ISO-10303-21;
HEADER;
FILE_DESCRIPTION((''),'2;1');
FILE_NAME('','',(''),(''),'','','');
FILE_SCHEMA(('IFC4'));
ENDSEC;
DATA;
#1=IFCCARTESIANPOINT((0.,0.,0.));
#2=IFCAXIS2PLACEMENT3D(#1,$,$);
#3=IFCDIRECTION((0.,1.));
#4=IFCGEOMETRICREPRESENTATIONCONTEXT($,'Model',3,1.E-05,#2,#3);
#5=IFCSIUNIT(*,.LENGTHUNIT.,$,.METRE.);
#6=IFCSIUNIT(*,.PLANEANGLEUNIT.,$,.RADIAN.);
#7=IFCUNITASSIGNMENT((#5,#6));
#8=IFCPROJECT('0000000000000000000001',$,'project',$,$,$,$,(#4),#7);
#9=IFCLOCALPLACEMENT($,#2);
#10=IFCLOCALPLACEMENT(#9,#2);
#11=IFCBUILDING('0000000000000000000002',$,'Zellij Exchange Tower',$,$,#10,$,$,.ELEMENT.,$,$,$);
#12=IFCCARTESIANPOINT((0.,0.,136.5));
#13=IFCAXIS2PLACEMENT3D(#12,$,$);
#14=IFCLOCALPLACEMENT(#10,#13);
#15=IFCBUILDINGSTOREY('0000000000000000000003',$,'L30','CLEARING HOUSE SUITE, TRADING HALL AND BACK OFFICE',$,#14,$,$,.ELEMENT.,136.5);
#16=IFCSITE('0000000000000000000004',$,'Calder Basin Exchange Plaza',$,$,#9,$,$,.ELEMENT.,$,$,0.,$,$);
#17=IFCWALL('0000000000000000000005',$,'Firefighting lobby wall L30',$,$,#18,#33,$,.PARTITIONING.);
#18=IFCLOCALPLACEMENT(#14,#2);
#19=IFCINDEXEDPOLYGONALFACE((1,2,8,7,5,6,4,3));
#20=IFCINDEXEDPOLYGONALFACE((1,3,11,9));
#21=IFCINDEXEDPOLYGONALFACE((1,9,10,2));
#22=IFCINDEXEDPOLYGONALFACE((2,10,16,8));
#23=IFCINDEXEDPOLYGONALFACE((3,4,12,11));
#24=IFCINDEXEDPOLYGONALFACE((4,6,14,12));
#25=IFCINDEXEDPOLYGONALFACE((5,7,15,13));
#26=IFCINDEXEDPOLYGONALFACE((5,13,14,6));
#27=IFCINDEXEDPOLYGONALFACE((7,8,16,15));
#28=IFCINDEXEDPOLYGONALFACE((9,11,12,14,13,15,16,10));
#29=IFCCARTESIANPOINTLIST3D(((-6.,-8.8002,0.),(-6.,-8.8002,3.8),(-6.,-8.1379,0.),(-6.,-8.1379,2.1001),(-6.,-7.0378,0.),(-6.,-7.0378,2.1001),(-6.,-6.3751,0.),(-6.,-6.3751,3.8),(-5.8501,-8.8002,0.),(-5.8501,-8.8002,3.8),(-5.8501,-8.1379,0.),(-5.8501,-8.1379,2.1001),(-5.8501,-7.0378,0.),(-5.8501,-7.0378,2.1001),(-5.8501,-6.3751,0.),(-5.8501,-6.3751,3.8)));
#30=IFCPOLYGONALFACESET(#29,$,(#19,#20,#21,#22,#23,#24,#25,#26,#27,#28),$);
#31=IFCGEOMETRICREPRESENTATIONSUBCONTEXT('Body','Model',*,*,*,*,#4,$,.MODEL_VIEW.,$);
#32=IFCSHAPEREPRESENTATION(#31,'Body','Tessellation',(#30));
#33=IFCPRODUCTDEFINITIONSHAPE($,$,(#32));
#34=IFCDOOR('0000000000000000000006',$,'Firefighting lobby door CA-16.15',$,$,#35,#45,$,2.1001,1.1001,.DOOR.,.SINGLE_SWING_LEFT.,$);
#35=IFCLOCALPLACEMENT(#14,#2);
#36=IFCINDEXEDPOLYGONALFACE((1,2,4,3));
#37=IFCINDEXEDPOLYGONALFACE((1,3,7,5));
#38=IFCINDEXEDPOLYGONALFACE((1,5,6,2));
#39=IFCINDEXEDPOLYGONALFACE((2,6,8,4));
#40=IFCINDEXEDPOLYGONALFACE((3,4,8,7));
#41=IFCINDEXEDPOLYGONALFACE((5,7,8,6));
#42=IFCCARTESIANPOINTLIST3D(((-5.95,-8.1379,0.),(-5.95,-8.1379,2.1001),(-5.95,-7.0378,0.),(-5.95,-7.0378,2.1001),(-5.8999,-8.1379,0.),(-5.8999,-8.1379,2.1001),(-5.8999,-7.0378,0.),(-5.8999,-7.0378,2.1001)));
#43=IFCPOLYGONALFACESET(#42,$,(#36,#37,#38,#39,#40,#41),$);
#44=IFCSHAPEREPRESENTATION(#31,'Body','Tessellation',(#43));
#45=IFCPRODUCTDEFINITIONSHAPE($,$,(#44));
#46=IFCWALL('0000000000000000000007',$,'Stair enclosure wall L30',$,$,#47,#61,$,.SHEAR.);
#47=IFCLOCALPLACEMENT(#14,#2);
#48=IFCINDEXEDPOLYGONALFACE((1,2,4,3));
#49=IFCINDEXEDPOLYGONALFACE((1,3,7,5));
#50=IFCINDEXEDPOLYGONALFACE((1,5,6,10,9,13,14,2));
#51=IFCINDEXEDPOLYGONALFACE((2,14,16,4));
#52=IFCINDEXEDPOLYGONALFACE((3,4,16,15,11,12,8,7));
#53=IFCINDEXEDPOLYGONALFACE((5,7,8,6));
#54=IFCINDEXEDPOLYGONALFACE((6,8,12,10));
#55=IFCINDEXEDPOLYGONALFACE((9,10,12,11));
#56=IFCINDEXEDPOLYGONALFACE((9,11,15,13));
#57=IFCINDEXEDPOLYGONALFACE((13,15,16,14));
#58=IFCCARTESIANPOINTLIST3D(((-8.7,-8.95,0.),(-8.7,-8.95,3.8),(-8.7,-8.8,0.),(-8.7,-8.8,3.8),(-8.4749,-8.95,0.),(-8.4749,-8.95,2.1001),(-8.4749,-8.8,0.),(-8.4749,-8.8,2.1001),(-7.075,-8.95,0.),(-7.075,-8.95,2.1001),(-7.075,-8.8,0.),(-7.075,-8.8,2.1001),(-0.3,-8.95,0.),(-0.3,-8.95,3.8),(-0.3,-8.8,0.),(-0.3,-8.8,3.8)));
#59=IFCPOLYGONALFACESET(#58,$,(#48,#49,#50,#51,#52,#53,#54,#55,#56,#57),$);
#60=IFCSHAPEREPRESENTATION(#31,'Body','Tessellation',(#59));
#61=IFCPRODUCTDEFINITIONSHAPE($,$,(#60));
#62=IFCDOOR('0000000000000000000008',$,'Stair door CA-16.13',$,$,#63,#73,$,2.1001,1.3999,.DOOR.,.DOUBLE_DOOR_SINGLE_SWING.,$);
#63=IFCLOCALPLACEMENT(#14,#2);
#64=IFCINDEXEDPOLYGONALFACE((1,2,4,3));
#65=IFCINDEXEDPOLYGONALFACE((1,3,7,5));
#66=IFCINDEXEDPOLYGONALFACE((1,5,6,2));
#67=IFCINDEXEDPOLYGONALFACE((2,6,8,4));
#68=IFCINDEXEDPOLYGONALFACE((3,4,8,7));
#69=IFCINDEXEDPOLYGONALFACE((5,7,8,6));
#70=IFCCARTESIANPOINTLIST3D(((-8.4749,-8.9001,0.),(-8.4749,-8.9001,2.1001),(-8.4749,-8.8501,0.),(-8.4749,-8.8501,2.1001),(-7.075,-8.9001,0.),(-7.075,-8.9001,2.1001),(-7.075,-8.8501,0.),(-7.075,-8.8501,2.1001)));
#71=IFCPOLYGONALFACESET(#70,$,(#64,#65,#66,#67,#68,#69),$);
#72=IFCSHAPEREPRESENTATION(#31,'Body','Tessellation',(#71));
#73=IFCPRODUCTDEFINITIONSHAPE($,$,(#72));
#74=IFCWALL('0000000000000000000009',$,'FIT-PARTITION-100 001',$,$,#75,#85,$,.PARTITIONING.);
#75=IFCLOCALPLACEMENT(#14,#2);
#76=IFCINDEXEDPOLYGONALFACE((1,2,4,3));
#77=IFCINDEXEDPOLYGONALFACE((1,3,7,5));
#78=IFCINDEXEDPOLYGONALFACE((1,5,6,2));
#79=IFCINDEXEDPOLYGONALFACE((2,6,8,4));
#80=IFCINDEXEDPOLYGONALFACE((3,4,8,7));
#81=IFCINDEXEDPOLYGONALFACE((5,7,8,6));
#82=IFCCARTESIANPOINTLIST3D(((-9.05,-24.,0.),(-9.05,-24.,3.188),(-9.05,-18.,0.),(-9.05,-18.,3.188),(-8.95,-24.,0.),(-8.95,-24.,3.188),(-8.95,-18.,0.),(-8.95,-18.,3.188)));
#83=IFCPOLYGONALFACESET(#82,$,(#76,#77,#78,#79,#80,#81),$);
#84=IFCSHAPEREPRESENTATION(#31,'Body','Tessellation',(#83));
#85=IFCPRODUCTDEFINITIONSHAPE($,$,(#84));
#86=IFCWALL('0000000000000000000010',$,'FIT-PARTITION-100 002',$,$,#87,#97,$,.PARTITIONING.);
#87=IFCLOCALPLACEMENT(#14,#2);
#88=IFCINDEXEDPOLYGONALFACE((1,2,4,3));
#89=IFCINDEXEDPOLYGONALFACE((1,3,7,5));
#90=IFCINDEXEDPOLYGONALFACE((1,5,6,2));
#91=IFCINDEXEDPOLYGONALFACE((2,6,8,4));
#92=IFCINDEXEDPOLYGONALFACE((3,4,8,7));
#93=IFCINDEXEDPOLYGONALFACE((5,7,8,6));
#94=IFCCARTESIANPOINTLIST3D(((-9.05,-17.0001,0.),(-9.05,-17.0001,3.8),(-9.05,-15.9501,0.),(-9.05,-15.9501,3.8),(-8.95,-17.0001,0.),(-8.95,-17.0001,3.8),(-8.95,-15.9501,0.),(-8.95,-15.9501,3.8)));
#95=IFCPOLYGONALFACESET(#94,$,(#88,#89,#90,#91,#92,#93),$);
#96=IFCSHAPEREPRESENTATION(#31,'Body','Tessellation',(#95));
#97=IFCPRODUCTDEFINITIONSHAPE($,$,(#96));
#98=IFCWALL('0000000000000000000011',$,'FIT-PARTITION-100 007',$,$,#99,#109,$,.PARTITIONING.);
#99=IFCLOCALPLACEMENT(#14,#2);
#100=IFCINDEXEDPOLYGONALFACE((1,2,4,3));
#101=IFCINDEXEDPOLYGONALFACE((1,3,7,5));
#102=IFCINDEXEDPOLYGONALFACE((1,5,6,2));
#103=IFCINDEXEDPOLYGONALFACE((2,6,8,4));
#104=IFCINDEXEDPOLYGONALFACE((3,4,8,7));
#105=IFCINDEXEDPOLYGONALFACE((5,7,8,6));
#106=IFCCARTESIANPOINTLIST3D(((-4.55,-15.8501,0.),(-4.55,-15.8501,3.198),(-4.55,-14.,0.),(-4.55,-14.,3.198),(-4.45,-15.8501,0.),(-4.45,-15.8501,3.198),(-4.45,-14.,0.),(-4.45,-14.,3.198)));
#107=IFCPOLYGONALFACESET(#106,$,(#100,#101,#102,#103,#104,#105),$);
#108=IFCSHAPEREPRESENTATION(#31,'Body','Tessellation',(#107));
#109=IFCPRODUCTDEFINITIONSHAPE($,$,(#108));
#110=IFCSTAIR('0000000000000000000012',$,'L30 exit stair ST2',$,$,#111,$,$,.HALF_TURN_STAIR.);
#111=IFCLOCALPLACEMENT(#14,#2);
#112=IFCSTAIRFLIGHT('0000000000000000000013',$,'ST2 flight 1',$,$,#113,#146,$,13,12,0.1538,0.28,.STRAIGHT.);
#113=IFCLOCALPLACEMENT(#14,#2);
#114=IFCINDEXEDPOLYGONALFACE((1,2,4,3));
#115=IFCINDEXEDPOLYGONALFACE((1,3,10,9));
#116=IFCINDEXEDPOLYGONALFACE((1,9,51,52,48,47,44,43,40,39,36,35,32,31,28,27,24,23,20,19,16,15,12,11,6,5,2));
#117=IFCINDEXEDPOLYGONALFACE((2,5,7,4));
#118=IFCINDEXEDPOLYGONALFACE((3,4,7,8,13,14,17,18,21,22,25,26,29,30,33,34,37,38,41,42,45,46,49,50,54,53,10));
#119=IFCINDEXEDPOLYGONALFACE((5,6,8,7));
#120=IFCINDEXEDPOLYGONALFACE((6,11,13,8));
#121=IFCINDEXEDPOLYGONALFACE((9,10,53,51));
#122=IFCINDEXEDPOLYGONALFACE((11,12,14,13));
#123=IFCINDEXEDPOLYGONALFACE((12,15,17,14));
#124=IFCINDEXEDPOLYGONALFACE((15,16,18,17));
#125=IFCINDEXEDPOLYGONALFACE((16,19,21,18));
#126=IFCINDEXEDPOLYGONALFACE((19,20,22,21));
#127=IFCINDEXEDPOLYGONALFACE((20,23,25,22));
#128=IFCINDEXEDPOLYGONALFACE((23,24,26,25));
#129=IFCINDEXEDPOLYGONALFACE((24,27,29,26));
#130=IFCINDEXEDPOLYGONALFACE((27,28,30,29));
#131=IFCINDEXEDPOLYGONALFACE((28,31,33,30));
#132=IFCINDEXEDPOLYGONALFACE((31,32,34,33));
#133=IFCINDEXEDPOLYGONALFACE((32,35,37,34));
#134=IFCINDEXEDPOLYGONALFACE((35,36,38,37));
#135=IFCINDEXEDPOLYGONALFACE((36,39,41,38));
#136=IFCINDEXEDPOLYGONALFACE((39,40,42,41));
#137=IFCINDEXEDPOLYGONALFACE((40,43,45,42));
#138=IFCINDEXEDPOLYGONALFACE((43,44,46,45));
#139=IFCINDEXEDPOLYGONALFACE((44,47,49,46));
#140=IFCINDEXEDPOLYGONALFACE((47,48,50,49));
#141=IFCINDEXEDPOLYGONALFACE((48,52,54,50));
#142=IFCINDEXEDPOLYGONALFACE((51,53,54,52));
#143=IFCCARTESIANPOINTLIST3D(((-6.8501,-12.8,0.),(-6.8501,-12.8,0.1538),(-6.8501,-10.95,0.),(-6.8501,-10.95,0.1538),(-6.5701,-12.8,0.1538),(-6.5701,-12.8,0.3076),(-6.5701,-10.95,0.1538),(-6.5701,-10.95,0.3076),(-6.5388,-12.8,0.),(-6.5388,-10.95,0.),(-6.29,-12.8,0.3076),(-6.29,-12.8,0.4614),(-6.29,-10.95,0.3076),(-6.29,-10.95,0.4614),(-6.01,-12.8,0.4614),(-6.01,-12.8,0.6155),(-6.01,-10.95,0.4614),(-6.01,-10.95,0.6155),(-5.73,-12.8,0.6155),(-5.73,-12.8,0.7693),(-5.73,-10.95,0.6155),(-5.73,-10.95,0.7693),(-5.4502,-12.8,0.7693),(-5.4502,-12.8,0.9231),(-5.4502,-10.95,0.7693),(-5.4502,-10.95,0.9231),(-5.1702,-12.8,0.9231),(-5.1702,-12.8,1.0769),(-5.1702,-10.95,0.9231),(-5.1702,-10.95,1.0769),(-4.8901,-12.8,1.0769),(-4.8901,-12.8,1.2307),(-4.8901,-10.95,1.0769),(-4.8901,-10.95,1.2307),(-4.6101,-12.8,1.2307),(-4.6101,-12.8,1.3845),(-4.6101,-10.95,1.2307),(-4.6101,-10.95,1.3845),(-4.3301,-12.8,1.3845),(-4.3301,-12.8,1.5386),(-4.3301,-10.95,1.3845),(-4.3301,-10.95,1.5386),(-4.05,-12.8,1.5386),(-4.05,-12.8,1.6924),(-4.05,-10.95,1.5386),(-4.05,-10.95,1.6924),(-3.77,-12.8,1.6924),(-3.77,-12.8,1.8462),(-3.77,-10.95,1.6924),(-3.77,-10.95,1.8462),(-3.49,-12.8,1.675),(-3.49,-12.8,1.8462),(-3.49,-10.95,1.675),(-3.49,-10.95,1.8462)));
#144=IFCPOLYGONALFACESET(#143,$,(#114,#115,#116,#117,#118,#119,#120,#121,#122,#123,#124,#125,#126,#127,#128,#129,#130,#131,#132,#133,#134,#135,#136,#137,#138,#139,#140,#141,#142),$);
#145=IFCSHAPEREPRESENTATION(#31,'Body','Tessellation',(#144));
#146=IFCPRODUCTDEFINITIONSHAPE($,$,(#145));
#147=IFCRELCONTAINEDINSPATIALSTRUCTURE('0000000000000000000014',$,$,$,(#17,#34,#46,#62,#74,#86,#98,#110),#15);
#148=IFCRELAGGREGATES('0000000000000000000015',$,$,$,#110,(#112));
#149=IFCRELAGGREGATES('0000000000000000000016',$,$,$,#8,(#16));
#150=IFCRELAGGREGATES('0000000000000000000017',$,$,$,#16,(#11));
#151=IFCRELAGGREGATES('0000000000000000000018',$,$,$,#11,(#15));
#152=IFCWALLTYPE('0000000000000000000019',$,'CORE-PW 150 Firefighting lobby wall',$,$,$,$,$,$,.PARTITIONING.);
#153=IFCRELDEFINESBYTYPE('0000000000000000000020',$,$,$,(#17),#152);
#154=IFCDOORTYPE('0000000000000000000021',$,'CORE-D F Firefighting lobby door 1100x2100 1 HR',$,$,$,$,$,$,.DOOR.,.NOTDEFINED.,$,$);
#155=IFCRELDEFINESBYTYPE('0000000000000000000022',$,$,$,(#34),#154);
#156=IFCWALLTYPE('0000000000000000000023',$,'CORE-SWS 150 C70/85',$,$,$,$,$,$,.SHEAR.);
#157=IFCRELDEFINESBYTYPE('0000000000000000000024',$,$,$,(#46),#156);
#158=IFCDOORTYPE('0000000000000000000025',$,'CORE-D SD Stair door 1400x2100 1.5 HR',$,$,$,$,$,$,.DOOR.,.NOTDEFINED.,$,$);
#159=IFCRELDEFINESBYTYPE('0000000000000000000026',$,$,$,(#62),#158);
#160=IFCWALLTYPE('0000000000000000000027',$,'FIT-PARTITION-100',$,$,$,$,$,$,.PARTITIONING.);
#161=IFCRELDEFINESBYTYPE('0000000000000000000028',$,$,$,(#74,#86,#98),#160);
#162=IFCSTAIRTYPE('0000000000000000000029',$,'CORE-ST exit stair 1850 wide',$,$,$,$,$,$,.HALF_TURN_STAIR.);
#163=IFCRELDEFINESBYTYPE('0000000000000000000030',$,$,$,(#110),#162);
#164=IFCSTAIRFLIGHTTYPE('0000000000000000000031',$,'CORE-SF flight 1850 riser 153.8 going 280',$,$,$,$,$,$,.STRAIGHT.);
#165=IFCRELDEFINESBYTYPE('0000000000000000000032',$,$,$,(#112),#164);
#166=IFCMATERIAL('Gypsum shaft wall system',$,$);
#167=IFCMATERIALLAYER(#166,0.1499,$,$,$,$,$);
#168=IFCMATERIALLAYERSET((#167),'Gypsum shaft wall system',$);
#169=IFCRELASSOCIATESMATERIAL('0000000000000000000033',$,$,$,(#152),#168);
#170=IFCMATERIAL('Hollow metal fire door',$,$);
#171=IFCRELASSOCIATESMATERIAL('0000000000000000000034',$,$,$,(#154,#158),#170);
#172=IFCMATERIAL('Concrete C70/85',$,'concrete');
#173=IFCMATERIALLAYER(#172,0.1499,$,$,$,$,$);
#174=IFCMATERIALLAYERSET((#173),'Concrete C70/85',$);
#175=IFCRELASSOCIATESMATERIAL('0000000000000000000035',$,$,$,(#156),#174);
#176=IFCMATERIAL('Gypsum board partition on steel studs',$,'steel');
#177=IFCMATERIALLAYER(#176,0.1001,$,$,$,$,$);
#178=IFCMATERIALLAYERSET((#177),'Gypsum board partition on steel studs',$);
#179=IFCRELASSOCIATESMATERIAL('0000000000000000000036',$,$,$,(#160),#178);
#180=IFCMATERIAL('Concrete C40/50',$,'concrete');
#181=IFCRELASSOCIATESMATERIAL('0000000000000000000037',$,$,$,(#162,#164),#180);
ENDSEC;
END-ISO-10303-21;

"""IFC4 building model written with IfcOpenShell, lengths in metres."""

from ifc_helpers import new_model, si_unit, direction, frame, frame_2d, origin, place, context, subcontext, project, spatial, polyline, rectangle, outline, extrude, material, layer, layer_set, type_object, element, fill, aggregate, save


model = new_model("IFC4")

# Units and contexts
model_context = context("Model", 3, precision=1e-05, world=origin(), true_north=direction((0.0, 1.0)))
body_context = subcontext(model_context, "Body", "Model", "MODEL_VIEW")
ifc_project = project(units=[si_unit("LENGTHUNIT", "METRE"), si_unit("PLANEANGLEUNIT", "RADIAN")], contexts=[model_context])

# Site, building, storey
site_placement = place(None, origin())
site = spatial("IfcSite", under=ifc_project, at=site_placement, Name="Calder Basin Exchange Plaza", CompositionType="ELEMENT", RefElevation=0.0)
building_placement = place(site_placement, origin())
building = spatial("IfcBuilding", under=site, at=building_placement, Name="Zellij Exchange Tower", CompositionType="ELEMENT")
storey_placement = place(building_placement, frame((0.0, 0.0, 136.5)))
storey = spatial("IfcBuildingStorey", under=building, at=storey_placement, Name="L30", Description="CLEARING HOUSE SUITE, TRADING HALL AND BACK OFFICE", CompositionType="ELEMENT", Elevation=136.5)

# Shared definitions
ifc_material_1 = material(Name="Concrete C70/85", Category="concrete")

# Walls, openings, doors
ifc_material_2 = material(Name="Gypsum shaft wall system")
ifc_layer_1 = layer(ifc_material_2, 0.1499)
ifc_layer_set_1 = layer_set([ifc_layer_1], Name="Gypsum shaft wall system")
wall_type_1 = type_object("IfcWallType", Name="CORE-PW 150 Firefighting lobby wall", PredefinedType="PARTITIONING", material=ifc_layer_set_1)
wall_1_placement = place(storey_placement, frame((-5.925, -8.8, 0.0), z_axis=(0.0, 0.0, 1.0), x_axis=(0.0, 1.0, 0.0)))
wall_1 = element("IfcWall", 1, at=wall_1_placement, inside=storey, type_object=wall_type_1, Name="Firefighting lobby wall L30", PredefinedType="PARTITIONING", context=body_context, shape_type="SweptSolid", body=[
    extrude(rectangle(XDim=2.425, YDim=0.1499, at=frame_2d((1.2124, 0.0))), origin(), (0.0, 0.0, 1.0), 3.8),
])
opening_1_placement = place(wall_1_placement, frame((0.6621, 0.0, 0.0)))
opening_1 = element("IfcOpeningElement", 2, at=opening_1_placement, cuts=wall_1, PredefinedType="OPENING", context=body_context, shape_type="SweptSolid", body=[
    extrude(rectangle(XDim=1.1001, YDim=2.1001, at=frame_2d((0.55, 1.05))), frame((0.0, 0.0869, 0.0), z_axis=(0.0, -1.0, 0.0), x_axis=(1.0, 0.0, 0.0)), (0.0, 0.0, 1.0), 0.1738),
])
ifc_material_3 = material(Name="Hollow metal fire door")
door_type_1 = type_object("IfcDoorType", Name="CORE-D F Firefighting lobby door 1100x2100 1 HR", OperationType="NOTDEFINED", PredefinedType="DOOR", material=ifc_material_3)
door_1_placement = place(opening_1_placement, origin())
door_1 = element("IfcDoor", 3, at=door_1_placement, inside=storey, type_object=door_type_1, Name="Firefighting lobby door CA-16.15", OperationType="SINGLE_SWING_LEFT", OverallHeight=2.1001, OverallWidth=1.1001, PredefinedType="DOOR", context=body_context, shape_type="SweptSolid", body=[
    extrude(rectangle(XDim=1.1001, YDim=2.1001, at=frame_2d((0.55, 1.05))), frame((0.0, 0.0249, 0.0), z_axis=(0.0, -1.0, 0.0), x_axis=(1.0, 0.0, 0.0)), (0.0, 0.0, 1.0), 0.05),
])
fill(opening_1, door_1)
ifc_layer_2 = layer(ifc_material_1, 0.1499)
ifc_layer_set_2 = layer_set([ifc_layer_2], Name="Concrete C70/85")
wall_type_2 = type_object("IfcWallType", Name="CORE-SWS 150 C70/85", PredefinedType="SHEAR", material=ifc_layer_set_2)
wall_2_placement = place(storey_placement, frame((-8.7, -8.875, 0.0), z_axis=(0.0, 0.0, 1.0), x_axis=(1.0, 0.0, 0.0)))
wall_2 = element("IfcWall", 4, at=wall_2_placement, inside=storey, type_object=wall_type_2, Name="Stair enclosure wall L30", PredefinedType="SHEAR", context=body_context, shape_type="SweptSolid", body=[
    extrude(rectangle(XDim=8.3999, YDim=0.1499, at=frame_2d((4.2, 0.0))), origin(), (0.0, 0.0, 1.0), 3.8),
])
opening_2_placement = place(wall_2_placement, frame((0.2251, 0.0, 0.0)))
opening_2 = element("IfcOpeningElement", 5, at=opening_2_placement, cuts=wall_2, PredefinedType="OPENING", context=body_context, shape_type="SweptSolid", body=[
    extrude(rectangle(XDim=1.3999, YDim=2.1001, at=frame_2d((0.7, 1.05))), frame((0.0, 0.0869, 0.0), z_axis=(0.0, -1.0, 0.0), x_axis=(1.0, 0.0, 0.0)), (0.0, 0.0, 1.0), 0.1738),
])
door_type_2 = type_object("IfcDoorType", Name="CORE-D SD Stair door 1400x2100 1.5 HR", OperationType="NOTDEFINED", PredefinedType="DOOR", material=ifc_material_3)
door_2_placement = place(opening_2_placement, origin())
door_2 = element("IfcDoor", 6, at=door_2_placement, inside=storey, type_object=door_type_2, Name="Stair door CA-16.13", OperationType="DOUBLE_DOOR_SINGLE_SWING", OverallHeight=2.1001, OverallWidth=1.3999, PredefinedType="DOOR", context=body_context, shape_type="SweptSolid", body=[
    extrude(rectangle(XDim=1.3999, YDim=2.1001, at=frame_2d((0.7, 1.05))), frame((0.0, 0.0249, 0.0), z_axis=(0.0, -1.0, 0.0), x_axis=(1.0, 0.0, 0.0)), (0.0, 0.0, 1.0), 0.05),
])
fill(opening_2, door_2)

# Walls
ifc_material_4 = material(Name="Gypsum board partition on steel studs", Category="steel")
ifc_layer_3 = layer(ifc_material_4, 0.1001)
ifc_layer_set_3 = layer_set([ifc_layer_3], Name="Gypsum board partition on steel studs")
wall_type_3 = type_object("IfcWallType", Name="FIT-PARTITION-100", PredefinedType="PARTITIONING", material=ifc_layer_set_3)
wall_3_placement = place(storey_placement, frame((-9.0, -24.0, 0.0), z_axis=(0.0, 0.0, 1.0), x_axis=(0.0, 1.0, 0.0)))
element("IfcWall", 7, at=wall_3_placement, inside=storey, type_object=wall_type_3, Name="FIT-PARTITION-100 001", PredefinedType="PARTITIONING", context=body_context, shape_type="SweptSolid", body=[
    extrude(rectangle(XDim=6.0, YDim=0.1001, at=frame_2d((3.0, 0.0))), origin(), (0.0, 0.0, 1.0), 3.188),
])
wall_4_placement = place(storey_placement, frame((-9.0, -17.0, 0.0), z_axis=(0.0, 0.0, 1.0), x_axis=(0.0, 1.0, 0.0)))
element("IfcWall", 8, at=wall_4_placement, inside=storey, type_object=wall_type_3, Name="FIT-PARTITION-100 002", PredefinedType="PARTITIONING", context=body_context, shape_type="SweptSolid", body=[
    extrude(rectangle(XDim=1.05, YDim=0.1001, at=frame_2d((0.5249, 0.0))), origin(), (0.0, 0.0, 1.0), 3.8),
])
wall_5_placement = place(storey_placement, frame((-4.5, -15.8501, 0.0), z_axis=(0.0, 0.0, 1.0), x_axis=(0.0, 1.0, 0.0)))
element("IfcWall", 9, at=wall_5_placement, inside=storey, type_object=wall_type_3, Name="FIT-PARTITION-100 007", PredefinedType="PARTITIONING", context=body_context, shape_type="SweptSolid", body=[
    extrude(rectangle(XDim=1.8501, YDim=0.1001, at=frame_2d((0.925, 0.0))), origin(), (0.0, 0.0, 1.0), 3.198),
])

# Stair, stair flight
ifc_material_5 = material(Name="Concrete C40/50", Category="concrete")
stair_type = type_object("IfcStairType", Name="CORE-ST exit stair 1850 wide", PredefinedType="HALF_TURN_STAIR", material=ifc_material_5)
stair_placement = place(storey_placement, origin())
stair = element("IfcStair", 10, at=stair_placement, inside=storey, type_object=stair_type, Name="L30 exit stair ST2", PredefinedType="HALF_TURN_STAIR")
stair_flight_type = type_object("IfcStairFlightType", Name="CORE-SF flight 1850 riser 153.8 going 280", PredefinedType="STRAIGHT", material=ifc_material_5)
stair_flight_1_placement = place(storey_placement, frame((-6.8501, -11.875, 0.0), z_axis=(0.0, 0.0, 1.0), x_axis=(1.0, 0.0, 0.0)))
stair_flight_1 = element("IfcStairFlight", 11, at=stair_flight_1_placement, type_object=stair_flight_type, Name="ST2 flight 1", NumberOfRisers=13, NumberOfTreads=12, PredefinedType="STRAIGHT", RiserHeight=0.1538, TreadLength=0.28, context=body_context, shape_type="SweptSolid", body=[
    extrude(outline(polyline([(0.0, 0.0), (0.0, 0.1538), (0.28, 0.1538), (0.28, 0.3076), (0.5601, 0.3076), (0.5601, 0.4614), (0.8401, 0.4614), (0.8401, 0.6155), (1.1201, 0.6155), (1.1201, 0.7693), (1.3999, 0.7693), (1.3999, 0.9231), (1.6799, 0.9231), (1.6799, 1.0769), (1.96, 1.0769), (1.96, 1.2307), (2.24, 1.2307), (2.24, 1.3845), (2.52, 1.3845), (2.52, 1.5386), (2.8, 1.5386), (2.8, 1.6924), (3.0801, 1.6924), (3.0801, 1.8462), (3.3601, 1.8462), (3.3601, 2.0), (3.3601, 1.675), (0.3113, 0.0), (0.0, 0.0)])), frame((0.0, 0.925, 0.0), z_axis=(0.0, -1.0, 0.0), x_axis=(1.0, 0.0, 0.0)), (0.0, 0.0, 1.0), 1.8501),
])
aggregate(stair, [stair_flight_1])

save(model, "model.ifc")
